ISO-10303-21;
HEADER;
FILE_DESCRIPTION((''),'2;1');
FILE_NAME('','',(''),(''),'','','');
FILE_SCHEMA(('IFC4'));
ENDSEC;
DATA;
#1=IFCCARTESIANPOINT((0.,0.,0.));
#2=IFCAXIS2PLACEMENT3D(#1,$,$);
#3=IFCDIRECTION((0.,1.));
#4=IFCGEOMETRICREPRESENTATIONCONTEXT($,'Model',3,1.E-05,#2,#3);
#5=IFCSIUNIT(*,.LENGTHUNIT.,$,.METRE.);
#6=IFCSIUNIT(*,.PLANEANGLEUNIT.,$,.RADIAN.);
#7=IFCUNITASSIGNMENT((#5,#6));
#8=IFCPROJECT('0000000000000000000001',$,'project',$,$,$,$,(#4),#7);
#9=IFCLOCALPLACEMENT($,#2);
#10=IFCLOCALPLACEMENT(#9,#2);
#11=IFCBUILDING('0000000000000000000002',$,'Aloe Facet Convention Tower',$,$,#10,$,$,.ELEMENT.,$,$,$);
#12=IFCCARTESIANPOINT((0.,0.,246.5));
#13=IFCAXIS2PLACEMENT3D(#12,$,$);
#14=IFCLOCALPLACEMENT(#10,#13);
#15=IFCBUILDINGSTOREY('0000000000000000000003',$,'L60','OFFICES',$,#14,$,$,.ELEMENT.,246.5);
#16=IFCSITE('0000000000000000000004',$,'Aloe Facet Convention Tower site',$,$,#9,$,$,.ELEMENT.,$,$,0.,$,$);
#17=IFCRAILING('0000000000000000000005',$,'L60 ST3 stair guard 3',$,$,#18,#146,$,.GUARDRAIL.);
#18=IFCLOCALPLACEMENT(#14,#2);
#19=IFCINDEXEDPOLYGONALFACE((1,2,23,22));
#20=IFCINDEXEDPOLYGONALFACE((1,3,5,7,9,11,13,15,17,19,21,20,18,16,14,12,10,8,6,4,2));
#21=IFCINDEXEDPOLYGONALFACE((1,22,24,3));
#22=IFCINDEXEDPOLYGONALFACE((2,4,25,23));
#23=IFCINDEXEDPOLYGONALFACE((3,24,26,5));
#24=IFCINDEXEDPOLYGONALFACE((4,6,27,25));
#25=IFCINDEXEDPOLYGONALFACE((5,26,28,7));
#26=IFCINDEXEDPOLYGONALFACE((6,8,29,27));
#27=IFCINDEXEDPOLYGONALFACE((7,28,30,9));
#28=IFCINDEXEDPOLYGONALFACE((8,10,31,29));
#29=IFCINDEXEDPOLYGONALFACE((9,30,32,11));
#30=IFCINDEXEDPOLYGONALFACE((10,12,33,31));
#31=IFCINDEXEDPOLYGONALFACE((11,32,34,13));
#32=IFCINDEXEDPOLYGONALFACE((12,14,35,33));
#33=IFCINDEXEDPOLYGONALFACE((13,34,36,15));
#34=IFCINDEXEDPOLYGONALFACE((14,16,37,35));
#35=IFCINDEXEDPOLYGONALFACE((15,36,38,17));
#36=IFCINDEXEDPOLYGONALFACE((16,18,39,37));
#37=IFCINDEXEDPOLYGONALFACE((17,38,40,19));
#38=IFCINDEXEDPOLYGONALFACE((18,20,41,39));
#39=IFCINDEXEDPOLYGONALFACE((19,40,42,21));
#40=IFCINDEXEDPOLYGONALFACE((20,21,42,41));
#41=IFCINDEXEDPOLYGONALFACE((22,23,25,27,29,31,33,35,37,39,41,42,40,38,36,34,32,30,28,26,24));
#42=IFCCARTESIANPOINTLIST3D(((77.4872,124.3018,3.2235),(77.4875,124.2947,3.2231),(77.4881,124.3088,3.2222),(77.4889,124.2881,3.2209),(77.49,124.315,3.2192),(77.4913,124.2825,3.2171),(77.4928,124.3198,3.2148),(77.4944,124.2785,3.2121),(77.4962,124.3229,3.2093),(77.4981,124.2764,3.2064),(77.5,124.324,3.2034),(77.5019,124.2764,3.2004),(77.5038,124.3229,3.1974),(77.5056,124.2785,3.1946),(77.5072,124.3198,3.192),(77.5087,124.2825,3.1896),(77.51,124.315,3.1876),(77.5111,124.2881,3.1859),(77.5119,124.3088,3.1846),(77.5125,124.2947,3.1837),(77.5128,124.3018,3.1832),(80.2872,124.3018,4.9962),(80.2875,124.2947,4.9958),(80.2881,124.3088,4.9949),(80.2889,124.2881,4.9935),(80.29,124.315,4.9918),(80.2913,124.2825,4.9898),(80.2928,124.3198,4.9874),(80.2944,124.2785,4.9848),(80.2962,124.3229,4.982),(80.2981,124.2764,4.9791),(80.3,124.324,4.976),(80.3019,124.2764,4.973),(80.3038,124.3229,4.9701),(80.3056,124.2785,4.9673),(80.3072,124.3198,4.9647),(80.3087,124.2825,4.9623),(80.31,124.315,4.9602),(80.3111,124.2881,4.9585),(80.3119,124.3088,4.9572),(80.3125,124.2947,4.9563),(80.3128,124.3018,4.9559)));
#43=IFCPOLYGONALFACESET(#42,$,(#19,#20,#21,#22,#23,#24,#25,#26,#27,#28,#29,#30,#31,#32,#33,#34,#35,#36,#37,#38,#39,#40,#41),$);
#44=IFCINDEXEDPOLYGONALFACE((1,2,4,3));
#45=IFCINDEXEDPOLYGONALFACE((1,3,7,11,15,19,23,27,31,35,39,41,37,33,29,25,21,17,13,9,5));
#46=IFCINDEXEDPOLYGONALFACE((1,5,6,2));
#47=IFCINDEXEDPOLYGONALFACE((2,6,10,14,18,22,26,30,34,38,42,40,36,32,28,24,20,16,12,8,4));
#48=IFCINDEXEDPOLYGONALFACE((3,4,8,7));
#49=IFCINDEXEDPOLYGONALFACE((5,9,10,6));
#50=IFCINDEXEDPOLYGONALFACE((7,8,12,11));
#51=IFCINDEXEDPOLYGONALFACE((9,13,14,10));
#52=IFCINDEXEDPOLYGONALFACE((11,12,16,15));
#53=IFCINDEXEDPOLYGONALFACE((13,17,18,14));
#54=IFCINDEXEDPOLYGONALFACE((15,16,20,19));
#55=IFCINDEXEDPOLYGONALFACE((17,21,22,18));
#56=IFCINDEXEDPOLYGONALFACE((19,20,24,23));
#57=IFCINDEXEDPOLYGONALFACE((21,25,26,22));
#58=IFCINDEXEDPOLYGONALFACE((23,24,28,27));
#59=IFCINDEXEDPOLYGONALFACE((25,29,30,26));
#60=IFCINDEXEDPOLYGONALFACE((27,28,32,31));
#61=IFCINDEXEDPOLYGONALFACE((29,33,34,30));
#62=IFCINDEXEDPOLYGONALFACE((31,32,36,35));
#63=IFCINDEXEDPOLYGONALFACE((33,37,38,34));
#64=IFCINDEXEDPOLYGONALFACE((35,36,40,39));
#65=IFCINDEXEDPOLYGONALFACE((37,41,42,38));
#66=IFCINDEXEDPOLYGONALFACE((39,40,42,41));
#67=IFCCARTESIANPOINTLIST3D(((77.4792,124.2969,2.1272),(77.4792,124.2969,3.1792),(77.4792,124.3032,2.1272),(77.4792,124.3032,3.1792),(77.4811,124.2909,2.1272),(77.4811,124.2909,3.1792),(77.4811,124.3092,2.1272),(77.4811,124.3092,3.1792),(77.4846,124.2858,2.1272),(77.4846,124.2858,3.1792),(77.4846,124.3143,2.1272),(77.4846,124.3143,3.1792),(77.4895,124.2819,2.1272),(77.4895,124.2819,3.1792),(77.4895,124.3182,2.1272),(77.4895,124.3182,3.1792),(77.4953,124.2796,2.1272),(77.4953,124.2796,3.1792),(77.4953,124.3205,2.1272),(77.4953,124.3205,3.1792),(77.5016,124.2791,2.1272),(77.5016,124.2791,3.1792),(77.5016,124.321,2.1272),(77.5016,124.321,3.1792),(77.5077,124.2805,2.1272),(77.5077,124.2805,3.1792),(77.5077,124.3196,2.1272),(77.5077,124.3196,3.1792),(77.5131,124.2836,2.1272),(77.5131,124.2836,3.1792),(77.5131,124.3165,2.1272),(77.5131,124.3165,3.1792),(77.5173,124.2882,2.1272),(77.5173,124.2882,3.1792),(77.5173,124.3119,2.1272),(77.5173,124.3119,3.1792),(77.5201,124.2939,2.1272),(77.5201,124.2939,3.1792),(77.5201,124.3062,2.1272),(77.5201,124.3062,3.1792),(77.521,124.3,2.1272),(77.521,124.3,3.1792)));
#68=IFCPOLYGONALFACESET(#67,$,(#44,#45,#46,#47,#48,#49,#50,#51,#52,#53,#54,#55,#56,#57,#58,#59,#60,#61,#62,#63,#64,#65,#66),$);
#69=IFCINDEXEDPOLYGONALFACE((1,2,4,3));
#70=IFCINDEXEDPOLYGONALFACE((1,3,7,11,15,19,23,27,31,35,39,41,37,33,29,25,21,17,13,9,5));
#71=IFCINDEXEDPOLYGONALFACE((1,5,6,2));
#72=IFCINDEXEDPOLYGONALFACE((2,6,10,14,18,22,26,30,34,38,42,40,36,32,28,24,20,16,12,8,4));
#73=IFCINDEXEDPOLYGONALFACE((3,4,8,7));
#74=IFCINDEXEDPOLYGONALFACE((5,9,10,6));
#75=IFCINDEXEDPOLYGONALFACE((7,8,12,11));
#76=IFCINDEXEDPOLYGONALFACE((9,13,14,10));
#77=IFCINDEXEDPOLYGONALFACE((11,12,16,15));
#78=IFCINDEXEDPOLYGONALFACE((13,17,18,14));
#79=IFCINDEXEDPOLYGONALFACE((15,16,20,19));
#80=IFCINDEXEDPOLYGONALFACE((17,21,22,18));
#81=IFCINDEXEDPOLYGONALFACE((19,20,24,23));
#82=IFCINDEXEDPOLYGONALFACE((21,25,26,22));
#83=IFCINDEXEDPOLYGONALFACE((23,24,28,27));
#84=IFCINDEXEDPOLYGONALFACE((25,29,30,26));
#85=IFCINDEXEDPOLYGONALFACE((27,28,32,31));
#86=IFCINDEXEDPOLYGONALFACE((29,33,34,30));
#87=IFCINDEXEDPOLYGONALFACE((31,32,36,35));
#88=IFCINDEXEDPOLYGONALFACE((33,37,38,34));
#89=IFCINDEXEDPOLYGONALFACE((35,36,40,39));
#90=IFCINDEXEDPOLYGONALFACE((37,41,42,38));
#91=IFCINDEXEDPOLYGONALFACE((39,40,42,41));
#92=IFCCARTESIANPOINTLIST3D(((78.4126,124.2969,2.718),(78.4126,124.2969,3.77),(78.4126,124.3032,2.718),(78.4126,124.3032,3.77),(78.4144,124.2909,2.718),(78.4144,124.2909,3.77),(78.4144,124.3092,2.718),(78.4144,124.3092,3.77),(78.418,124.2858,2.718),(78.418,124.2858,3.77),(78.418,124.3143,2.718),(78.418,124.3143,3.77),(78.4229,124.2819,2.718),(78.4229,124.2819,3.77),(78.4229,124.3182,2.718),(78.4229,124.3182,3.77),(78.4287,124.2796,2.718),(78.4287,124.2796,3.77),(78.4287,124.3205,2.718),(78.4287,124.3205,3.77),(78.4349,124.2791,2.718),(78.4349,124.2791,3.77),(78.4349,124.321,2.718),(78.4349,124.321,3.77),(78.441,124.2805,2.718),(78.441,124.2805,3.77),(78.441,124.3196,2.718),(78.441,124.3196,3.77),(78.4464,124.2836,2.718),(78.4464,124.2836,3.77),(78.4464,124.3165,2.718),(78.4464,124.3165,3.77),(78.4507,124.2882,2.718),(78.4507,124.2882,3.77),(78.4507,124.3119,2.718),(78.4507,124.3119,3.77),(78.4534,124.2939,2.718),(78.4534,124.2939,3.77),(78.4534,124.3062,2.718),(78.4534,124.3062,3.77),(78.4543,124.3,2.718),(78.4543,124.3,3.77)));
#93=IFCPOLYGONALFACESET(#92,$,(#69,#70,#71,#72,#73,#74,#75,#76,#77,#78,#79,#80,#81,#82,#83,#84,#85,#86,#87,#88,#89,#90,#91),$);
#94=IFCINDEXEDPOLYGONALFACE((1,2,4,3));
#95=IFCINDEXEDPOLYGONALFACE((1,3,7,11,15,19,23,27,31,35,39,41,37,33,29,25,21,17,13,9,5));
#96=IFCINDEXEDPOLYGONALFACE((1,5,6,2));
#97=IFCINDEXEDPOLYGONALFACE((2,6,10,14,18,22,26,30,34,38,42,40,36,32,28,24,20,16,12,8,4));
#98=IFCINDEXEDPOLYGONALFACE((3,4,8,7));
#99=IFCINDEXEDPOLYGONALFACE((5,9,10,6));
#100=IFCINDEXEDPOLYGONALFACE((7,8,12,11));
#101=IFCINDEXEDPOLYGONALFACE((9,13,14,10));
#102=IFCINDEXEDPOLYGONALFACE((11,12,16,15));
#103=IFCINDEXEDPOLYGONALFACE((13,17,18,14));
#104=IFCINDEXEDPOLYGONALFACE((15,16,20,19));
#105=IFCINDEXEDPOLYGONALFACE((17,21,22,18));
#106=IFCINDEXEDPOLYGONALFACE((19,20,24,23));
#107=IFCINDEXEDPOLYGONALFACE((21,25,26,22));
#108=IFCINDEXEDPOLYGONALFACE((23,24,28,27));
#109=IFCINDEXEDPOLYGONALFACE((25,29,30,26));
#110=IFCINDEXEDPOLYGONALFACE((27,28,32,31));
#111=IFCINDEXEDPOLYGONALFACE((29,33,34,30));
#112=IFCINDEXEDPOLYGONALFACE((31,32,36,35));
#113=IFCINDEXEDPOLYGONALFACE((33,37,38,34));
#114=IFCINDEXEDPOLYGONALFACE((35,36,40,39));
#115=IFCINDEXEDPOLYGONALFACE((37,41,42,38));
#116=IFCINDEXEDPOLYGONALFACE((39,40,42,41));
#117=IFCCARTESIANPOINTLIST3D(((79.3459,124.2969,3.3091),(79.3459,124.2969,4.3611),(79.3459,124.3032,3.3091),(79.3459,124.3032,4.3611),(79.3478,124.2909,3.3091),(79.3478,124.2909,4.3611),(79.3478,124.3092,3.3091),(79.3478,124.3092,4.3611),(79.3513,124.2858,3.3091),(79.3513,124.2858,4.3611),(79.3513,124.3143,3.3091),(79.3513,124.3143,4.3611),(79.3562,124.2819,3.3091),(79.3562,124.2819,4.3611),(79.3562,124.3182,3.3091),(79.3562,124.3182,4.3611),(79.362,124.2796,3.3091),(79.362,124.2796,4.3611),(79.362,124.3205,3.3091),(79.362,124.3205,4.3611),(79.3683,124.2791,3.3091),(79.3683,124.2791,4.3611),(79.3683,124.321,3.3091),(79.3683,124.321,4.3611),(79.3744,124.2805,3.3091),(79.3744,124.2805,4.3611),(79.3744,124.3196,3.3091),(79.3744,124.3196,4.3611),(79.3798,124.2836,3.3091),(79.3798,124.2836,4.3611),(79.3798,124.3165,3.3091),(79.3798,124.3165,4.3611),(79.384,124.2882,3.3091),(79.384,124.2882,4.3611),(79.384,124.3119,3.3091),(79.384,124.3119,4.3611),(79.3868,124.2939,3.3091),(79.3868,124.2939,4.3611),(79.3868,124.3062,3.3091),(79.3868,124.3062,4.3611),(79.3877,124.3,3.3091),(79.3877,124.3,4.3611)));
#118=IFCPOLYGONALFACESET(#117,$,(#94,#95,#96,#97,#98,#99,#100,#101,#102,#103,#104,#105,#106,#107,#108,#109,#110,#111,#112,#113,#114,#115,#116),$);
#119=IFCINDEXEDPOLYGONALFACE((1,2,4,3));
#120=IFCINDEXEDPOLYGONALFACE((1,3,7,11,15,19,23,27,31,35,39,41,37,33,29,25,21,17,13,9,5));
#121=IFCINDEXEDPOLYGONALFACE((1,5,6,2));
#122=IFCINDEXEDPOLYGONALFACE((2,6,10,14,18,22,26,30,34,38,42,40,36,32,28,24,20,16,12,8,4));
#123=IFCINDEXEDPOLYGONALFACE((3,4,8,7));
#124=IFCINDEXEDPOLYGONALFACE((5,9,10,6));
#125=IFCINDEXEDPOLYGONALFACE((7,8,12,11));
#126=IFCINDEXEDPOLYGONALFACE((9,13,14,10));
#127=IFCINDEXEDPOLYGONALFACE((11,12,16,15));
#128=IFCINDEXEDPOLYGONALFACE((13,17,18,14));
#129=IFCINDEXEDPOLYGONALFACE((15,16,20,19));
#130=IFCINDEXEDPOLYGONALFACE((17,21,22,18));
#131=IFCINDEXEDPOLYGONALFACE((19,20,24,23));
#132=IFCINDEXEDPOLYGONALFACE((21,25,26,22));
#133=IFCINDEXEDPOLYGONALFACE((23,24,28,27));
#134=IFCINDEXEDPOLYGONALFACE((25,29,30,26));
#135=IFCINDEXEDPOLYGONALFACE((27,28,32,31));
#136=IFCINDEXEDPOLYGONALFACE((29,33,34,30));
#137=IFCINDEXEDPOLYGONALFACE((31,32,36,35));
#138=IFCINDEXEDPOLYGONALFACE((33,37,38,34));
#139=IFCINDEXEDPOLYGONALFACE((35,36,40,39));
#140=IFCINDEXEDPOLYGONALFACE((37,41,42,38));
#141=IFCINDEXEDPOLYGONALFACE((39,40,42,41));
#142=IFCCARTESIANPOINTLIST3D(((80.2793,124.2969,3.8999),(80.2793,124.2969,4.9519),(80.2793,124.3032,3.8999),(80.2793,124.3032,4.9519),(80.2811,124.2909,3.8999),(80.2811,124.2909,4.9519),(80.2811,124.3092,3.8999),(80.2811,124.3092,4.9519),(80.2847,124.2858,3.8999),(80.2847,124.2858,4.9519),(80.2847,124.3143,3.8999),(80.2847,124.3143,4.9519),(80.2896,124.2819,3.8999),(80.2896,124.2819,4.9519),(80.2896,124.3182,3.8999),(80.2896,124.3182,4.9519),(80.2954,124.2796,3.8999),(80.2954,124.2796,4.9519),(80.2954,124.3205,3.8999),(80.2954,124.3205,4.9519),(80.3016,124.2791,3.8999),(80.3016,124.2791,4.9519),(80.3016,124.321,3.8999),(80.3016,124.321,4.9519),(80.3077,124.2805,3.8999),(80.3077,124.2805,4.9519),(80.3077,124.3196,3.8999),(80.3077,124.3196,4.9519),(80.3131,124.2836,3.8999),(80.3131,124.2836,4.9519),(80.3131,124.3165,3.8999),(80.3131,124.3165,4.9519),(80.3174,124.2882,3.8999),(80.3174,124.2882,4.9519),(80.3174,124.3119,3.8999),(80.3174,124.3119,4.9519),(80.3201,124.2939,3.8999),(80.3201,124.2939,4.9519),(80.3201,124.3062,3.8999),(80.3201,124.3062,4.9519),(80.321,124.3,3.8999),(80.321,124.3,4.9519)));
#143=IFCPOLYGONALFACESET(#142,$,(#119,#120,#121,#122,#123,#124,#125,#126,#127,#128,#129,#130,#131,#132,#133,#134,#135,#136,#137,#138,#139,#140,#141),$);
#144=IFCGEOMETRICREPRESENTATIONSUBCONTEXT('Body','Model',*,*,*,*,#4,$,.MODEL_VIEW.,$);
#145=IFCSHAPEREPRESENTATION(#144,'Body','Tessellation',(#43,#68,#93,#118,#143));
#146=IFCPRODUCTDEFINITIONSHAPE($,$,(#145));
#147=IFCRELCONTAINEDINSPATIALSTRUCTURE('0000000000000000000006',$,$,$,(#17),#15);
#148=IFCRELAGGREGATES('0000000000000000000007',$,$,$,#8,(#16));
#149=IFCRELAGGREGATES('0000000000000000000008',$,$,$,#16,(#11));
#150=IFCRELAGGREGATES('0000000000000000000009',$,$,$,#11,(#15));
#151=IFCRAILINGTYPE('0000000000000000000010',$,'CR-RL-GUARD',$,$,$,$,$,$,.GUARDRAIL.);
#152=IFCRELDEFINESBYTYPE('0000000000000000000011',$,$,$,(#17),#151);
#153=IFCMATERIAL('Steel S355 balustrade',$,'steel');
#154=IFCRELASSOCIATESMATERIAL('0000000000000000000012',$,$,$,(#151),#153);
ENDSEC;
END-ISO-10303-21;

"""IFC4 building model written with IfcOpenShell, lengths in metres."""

from ifc_helpers import new_model, si_unit, direction, frame, origin, origin_2d, place, context, subcontext, project, spatial, circle, extrude, material, type_object, element, save


model = new_model("IFC4")

# Units and contexts
model_context = context("Model", 3, precision=1e-05, world=origin(), true_north=direction((0.0, 1.0)))
body_context = subcontext(model_context, "Body", "Model", "MODEL_VIEW")
ifc_project = project(units=[si_unit("LENGTHUNIT", "METRE"), si_unit("PLANEANGLEUNIT", "RADIAN")], contexts=[model_context])

# Site, building, storey
site_placement = place(None, origin())
site = spatial("IfcSite", under=ifc_project, at=site_placement, Name="Aloe Facet Convention Tower site", CompositionType="ELEMENT", RefElevation=0.0)
building_placement = place(site_placement, origin())
building = spatial("IfcBuilding", under=site, at=building_placement, Name="Aloe Facet Convention Tower", CompositionType="ELEMENT")
storey_placement = place(building_placement, frame((0.0, 0.0, 246.5)))
storey = spatial("IfcBuildingStorey", under=building, at=storey_placement, Name="L60", Description="OFFICES", CompositionType="ELEMENT", Elevation=246.5)

# Railing
ifc_material_1 = material(Name="Steel S355 balustrade", Category="steel")
railing_type_1 = type_object("IfcRailingType", Name="CR-RL-GUARD", PredefinedType="GUARDRAIL", material=ifc_material_1)
railing_1_placement = place(storey_placement, frame((77.5, 124.3, 2.1272)))
element("IfcRailing", 1, at=railing_1_placement, inside=storey, type_object=railing_type_1, Name="L60 ST3 stair guard 3", PredefinedType="GUARDRAIL", context=body_context, shape_type="SweptSolid", body=[
    extrude(circle(Radius=0.0239, at=origin_2d()), frame((0.0, 0.0, 1.0762), z_axis=(0.844909, 0.0, 0.53491), x_axis=(0.0, 1.0, 0.0)), (0.0, 0.0, 1.0), 3.314),
    extrude(circle(Radius=0.021, at=origin_2d()), origin(), (0.0, 0.0, 1.0), 1.052),
    extrude(circle(Radius=0.021, at=origin_2d()), frame((0.9333, 0.0, 0.5908)), (0.0, 0.0, 1.0), 1.052),
    extrude(circle(Radius=0.021, at=origin_2d()), frame((1.8667, 0.0, 1.1819)), (0.0, 0.0, 1.0), 1.052),
    extrude(circle(Radius=0.021, at=origin_2d()), frame((2.8, 0.0, 1.7727)), (0.0, 0.0, 1.0), 1.052),
])

save(model, "model.ifc")
